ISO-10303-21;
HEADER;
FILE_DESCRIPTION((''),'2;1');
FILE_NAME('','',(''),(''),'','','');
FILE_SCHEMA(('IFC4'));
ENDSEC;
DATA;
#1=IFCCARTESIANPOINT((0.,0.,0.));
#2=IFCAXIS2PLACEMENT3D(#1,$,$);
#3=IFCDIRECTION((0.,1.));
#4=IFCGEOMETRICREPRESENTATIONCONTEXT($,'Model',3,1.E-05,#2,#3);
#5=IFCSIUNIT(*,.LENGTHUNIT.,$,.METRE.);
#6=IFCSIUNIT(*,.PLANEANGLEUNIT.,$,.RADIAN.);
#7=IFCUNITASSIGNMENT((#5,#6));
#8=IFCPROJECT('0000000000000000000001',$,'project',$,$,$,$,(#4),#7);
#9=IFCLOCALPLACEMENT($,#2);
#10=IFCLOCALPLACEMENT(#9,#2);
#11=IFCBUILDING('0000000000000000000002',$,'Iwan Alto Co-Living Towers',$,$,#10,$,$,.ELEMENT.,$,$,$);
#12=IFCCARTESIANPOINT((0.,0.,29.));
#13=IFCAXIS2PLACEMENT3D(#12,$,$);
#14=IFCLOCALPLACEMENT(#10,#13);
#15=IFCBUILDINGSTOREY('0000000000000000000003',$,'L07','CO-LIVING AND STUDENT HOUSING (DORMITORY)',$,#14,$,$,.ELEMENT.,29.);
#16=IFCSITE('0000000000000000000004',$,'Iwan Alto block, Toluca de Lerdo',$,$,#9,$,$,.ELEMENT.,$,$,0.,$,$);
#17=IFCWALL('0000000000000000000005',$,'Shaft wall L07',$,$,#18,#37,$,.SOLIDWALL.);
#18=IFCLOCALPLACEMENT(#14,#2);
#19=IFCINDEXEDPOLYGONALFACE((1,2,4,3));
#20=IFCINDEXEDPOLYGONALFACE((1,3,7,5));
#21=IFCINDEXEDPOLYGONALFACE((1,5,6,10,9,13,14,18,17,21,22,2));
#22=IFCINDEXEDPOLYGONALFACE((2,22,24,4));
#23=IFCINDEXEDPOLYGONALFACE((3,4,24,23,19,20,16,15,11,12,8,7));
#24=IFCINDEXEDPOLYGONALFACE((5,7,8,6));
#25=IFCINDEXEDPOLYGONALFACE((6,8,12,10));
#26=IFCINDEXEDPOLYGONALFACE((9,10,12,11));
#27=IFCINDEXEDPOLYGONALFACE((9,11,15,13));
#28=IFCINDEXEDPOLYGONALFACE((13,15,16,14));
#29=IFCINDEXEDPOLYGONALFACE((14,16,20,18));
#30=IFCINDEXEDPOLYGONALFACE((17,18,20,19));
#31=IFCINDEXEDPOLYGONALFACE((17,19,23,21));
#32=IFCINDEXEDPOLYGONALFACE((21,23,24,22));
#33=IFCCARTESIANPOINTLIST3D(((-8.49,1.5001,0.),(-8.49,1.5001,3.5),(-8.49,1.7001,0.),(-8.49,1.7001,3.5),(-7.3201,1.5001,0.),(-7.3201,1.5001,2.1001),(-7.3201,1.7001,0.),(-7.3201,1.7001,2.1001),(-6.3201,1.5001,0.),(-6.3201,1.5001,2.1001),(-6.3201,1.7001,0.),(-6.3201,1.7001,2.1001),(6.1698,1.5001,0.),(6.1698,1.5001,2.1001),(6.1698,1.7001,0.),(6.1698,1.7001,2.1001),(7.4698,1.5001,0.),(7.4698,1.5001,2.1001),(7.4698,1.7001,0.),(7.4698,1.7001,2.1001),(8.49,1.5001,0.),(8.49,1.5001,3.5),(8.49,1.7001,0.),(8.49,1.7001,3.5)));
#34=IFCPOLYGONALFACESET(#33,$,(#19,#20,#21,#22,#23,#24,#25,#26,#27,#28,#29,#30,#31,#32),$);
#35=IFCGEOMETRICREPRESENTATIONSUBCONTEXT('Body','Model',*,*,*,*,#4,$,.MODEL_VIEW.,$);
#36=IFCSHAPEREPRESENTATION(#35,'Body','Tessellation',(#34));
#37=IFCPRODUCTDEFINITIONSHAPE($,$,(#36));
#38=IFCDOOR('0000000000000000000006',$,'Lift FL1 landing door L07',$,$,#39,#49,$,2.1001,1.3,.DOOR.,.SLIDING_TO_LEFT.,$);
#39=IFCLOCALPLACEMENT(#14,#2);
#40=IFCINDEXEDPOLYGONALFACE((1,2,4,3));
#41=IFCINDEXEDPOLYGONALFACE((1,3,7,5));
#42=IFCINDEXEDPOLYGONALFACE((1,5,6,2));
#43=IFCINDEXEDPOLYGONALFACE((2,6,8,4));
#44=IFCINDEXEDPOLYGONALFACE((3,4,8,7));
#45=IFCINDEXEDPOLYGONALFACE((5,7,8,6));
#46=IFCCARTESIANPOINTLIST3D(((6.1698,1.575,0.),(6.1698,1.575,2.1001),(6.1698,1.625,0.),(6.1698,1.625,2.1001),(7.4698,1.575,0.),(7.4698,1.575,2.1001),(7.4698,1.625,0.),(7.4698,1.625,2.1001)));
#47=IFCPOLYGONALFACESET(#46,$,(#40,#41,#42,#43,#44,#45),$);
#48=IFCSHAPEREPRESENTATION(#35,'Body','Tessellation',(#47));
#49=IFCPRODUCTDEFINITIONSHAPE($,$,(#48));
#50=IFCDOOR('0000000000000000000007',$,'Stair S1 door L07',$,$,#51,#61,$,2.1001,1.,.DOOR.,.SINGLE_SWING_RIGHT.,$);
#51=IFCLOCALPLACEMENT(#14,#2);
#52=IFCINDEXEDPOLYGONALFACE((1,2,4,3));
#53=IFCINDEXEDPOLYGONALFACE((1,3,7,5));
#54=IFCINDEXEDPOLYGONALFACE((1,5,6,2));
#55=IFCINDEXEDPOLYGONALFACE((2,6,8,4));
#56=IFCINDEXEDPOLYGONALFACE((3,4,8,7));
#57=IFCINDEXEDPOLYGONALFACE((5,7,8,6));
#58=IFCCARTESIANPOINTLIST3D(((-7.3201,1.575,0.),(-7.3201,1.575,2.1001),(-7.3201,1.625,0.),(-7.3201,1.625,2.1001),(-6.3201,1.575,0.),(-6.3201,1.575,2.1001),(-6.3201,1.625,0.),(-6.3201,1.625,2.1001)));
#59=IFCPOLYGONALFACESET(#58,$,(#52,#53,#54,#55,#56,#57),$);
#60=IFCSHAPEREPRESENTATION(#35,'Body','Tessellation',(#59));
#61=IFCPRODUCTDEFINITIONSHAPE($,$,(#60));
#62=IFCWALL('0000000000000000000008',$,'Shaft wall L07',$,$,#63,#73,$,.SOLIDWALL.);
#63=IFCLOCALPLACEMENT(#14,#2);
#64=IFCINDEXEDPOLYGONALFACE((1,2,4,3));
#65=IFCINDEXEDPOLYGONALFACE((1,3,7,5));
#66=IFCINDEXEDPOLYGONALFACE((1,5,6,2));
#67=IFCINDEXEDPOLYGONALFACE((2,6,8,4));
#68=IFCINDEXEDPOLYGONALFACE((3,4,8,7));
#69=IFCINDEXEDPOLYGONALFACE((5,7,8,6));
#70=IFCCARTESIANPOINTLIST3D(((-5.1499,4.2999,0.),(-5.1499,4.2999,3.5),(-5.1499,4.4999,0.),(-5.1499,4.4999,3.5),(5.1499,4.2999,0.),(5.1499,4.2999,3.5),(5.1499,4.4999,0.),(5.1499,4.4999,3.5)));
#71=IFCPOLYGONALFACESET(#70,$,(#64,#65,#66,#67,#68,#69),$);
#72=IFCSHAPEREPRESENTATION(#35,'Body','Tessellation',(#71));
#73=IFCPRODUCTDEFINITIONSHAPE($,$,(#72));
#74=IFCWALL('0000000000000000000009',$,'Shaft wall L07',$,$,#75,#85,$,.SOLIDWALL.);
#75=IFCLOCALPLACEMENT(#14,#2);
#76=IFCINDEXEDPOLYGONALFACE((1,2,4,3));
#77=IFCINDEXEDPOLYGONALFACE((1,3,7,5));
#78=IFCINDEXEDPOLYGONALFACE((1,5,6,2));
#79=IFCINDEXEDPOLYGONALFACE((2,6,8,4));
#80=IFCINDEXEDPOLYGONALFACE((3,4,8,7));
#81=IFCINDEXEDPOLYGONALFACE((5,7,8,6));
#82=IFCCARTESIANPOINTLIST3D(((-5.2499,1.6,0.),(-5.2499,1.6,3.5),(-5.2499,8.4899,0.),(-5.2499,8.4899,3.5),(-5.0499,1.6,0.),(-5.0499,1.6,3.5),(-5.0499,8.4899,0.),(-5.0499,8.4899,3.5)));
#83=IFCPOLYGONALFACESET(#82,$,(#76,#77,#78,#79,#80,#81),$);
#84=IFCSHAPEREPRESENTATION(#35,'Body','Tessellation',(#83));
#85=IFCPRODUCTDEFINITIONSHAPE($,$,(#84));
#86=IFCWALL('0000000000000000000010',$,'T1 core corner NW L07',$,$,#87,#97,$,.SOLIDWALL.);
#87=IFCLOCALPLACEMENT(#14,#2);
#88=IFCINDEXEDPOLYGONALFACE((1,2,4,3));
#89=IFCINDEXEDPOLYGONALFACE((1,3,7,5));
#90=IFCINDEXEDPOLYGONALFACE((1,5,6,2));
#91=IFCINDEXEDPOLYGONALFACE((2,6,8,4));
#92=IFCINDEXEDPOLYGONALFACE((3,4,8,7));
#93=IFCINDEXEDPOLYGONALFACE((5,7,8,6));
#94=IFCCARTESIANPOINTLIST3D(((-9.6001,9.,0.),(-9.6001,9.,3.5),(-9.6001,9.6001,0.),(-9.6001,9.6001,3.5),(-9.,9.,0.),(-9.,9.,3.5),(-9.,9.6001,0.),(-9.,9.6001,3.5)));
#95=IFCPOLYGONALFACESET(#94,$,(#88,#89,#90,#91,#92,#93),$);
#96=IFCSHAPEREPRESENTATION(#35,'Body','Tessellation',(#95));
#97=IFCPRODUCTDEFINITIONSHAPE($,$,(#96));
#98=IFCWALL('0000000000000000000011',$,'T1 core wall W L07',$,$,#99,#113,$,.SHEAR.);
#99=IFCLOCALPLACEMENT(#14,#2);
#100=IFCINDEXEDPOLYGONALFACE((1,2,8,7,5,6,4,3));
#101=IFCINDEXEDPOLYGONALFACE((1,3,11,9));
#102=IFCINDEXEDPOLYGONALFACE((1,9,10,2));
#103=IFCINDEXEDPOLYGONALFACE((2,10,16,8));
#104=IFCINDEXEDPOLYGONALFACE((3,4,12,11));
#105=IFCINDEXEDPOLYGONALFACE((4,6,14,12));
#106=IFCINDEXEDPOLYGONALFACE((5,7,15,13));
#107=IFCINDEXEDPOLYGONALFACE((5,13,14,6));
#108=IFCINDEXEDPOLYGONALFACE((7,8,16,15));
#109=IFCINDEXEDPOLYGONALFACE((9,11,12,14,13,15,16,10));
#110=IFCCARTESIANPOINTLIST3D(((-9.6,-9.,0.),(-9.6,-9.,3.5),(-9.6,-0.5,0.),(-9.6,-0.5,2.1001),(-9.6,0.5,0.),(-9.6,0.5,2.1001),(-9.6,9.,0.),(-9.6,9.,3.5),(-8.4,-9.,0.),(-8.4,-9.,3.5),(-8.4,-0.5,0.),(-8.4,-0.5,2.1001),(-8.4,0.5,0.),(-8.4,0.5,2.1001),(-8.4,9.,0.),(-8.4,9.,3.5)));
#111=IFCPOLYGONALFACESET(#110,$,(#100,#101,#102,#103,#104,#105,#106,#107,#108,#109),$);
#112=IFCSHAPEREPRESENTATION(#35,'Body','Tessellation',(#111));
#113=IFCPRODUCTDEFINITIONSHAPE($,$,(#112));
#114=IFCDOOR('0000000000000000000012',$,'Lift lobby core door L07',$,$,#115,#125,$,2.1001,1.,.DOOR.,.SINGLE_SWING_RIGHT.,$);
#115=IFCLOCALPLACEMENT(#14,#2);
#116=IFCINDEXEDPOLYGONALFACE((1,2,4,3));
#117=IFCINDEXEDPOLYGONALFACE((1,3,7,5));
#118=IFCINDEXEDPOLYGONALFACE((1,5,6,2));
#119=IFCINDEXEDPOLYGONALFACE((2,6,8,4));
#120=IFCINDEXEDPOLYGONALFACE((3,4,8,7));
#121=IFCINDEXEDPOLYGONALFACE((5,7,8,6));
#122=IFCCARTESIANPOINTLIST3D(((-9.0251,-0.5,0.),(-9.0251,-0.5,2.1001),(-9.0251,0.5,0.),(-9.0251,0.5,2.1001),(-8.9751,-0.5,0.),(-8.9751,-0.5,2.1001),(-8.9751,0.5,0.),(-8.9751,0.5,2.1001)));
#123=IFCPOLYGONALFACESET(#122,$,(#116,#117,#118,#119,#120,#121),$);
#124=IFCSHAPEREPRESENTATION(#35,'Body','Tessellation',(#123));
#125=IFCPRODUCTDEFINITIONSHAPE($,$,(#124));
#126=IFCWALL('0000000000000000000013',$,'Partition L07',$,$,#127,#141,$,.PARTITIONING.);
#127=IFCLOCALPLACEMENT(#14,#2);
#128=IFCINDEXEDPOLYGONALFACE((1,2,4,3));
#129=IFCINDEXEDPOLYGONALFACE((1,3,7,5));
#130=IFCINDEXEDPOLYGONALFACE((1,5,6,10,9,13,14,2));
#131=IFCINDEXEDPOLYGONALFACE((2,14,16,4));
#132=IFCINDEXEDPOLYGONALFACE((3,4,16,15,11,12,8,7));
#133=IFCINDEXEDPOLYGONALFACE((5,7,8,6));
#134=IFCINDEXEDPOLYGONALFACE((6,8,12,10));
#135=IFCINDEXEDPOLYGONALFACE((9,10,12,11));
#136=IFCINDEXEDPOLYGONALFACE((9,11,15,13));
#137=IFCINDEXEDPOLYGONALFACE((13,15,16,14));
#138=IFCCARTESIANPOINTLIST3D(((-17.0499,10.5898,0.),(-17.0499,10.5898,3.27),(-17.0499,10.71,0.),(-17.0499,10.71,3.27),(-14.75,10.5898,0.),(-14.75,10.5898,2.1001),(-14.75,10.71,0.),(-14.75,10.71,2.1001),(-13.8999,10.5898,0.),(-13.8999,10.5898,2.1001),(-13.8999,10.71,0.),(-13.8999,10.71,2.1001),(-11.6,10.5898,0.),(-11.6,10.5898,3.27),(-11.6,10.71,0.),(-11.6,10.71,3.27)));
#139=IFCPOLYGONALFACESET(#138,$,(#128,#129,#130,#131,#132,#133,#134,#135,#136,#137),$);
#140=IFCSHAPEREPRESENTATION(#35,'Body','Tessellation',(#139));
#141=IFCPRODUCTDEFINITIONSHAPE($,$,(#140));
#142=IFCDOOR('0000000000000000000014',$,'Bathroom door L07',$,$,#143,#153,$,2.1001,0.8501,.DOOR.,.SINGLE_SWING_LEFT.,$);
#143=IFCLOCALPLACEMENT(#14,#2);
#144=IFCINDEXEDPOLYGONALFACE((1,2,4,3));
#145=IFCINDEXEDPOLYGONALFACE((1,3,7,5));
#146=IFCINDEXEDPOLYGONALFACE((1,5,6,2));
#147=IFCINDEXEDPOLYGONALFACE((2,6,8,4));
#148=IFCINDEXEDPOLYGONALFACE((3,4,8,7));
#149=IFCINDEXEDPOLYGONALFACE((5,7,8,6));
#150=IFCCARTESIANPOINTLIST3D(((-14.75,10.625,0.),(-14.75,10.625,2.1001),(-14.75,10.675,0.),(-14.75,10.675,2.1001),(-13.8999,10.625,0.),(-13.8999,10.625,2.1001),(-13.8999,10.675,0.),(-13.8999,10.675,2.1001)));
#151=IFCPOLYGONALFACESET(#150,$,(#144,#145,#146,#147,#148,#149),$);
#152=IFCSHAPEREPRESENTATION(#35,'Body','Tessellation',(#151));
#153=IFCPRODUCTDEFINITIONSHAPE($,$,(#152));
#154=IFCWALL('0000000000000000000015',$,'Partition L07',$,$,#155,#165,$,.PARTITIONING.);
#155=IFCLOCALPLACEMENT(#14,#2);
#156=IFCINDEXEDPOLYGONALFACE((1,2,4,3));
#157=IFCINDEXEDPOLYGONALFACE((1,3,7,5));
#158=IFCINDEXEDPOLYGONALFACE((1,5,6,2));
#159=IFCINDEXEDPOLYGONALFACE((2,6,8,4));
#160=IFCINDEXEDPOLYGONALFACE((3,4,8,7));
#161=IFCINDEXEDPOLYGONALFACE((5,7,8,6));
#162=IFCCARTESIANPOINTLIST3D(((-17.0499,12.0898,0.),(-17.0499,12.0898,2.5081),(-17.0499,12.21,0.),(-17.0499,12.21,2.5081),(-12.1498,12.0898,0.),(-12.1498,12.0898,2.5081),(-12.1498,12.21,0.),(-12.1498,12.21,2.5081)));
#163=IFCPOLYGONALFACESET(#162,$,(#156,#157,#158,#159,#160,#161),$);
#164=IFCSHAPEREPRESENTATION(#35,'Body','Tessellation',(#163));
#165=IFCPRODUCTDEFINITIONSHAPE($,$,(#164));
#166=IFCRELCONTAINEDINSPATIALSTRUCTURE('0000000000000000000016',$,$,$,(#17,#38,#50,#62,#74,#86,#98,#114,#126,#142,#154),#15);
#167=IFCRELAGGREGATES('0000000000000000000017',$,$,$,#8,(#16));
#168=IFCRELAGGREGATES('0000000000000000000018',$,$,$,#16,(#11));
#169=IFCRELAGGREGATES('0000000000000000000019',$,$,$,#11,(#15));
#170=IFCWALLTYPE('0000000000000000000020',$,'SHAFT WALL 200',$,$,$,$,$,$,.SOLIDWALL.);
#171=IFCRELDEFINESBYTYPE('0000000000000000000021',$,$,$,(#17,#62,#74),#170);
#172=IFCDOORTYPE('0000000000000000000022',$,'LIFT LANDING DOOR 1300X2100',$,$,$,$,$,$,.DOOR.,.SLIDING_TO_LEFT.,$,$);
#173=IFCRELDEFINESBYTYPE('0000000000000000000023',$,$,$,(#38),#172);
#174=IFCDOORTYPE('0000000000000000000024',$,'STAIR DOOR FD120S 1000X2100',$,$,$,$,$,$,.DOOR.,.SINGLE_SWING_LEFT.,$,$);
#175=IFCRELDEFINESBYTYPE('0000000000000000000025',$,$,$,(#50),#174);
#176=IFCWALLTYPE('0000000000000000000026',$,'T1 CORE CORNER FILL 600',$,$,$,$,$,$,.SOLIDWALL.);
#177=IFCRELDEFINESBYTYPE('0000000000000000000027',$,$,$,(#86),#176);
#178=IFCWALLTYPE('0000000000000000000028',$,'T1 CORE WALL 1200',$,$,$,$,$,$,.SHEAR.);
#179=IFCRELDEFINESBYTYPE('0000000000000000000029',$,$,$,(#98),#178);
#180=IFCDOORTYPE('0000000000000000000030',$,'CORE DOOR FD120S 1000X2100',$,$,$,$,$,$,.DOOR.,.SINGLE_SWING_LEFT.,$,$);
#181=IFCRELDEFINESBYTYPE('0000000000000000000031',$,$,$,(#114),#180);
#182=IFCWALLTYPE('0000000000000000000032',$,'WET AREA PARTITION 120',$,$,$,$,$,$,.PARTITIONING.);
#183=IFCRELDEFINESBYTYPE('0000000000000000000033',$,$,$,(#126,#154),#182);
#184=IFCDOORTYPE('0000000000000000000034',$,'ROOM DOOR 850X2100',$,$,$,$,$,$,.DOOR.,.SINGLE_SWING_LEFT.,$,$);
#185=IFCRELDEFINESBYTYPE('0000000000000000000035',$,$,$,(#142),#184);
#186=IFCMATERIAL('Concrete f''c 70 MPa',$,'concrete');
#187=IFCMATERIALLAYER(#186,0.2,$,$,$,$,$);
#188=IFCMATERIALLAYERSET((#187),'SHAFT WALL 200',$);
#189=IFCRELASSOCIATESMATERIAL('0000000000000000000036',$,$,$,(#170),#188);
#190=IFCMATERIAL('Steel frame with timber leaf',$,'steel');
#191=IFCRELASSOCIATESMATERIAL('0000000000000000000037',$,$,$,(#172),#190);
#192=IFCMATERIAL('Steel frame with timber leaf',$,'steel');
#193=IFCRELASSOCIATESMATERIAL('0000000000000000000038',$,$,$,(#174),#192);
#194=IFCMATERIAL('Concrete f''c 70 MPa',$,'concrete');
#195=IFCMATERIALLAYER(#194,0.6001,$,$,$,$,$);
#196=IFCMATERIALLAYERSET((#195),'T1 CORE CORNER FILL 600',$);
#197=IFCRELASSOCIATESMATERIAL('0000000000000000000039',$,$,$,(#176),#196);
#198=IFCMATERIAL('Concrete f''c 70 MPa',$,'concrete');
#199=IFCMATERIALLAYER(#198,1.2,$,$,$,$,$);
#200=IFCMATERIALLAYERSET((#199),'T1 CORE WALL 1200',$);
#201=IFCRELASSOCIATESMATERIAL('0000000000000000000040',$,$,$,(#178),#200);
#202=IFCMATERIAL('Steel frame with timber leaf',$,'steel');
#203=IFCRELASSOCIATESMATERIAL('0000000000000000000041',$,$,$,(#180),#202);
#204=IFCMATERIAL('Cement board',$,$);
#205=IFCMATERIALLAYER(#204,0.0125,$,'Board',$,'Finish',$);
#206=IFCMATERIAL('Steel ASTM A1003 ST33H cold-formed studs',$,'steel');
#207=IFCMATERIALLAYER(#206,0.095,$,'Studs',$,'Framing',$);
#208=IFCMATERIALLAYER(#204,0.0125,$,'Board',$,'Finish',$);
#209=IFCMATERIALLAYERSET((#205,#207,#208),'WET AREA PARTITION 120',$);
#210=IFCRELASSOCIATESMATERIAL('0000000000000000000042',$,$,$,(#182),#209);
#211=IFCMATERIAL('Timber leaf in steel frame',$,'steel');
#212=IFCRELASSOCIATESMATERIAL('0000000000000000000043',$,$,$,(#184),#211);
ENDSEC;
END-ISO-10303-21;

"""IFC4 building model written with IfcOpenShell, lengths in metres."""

from ifc_helpers import new_model, si_unit, direction, frame, frame_2d, origin, place, context, subcontext, project, spatial, rectangle, extrude, material, layer, layer_set, type_object, element, fill, save


model = new_model("IFC4")

# Units and contexts
model_context = context("Model", 3, precision=1e-05, world=origin(), true_north=direction((0.0, 1.0)))
body_context = subcontext(model_context, "Body", "Model", "MODEL_VIEW")
ifc_project = project(units=[si_unit("LENGTHUNIT", "METRE"), si_unit("PLANEANGLEUNIT", "RADIAN")], contexts=[model_context])

# Site, building, storey
site_placement = place(None, origin())
site = spatial("IfcSite", under=ifc_project, at=site_placement, Name="Iwan Alto block, Toluca de Lerdo", CompositionType="ELEMENT", RefElevation=0.0)
building_placement = place(site_placement, origin())
building = spatial("IfcBuilding", under=site, at=building_placement, Name="Iwan Alto Co-Living Towers", CompositionType="ELEMENT")
storey_placement = place(building_placement, frame((0.0, 0.0, 29.0)))
storey = spatial("IfcBuildingStorey", under=building, at=storey_placement, Name="L07", Description="CO-LIVING AND STUDENT HOUSING (DORMITORY)", CompositionType="ELEMENT", Elevation=29.0)

# Shared definitions
ifc_material_1 = material(Name="Steel ASTM A1003 ST33H cold-formed studs", Category="steel")

# Wall, openings, doors
ifc_material_2 = material(Name="Concrete f'c 70 MPa", Category="concrete")
ifc_layer_1 = layer(ifc_material_2, 0.2)
ifc_layer_set_1 = layer_set([ifc_layer_1], Name="SHAFT WALL 200")
wall_type_1 = type_object("IfcWallType", Name="SHAFT WALL 200", PredefinedType="SOLIDWALL", material=ifc_layer_set_1)
wall_1_placement = place(storey_placement, frame((-8.49, 1.6001, 0.0), z_axis=(0.0, 0.0, 1.0), x_axis=(1.0, 0.0, 0.0)))
wall_1 = element("IfcWall", 1, at=wall_1_placement, inside=storey, type_object=wall_type_1, Name="Shaft wall L07", PredefinedType="SOLIDWALL", context=body_context, shape_type="SweptSolid", body=[
    extrude(rectangle(XDim=16.98, YDim=0.2, at=frame_2d((8.49, 0.0))), origin(), (0.0, 0.0, 1.0), 3.5),
])
opening_1_placement = place(wall_1_placement, frame((1.1699, 0.0, 0.0)))
opening_1 = element("IfcOpeningElement", 2, at=opening_1_placement, cuts=wall_1, PredefinedType="OPENING", context=body_context, shape_type="SweptSolid", body=[
    extrude(rectangle(XDim=1.0, YDim=2.1001, at=frame_2d((0.5, 1.05))), frame((0.0, 0.1099, 0.0), z_axis=(0.0, -1.0, 0.0), x_axis=(1.0, 0.0, 0.0)), (0.0, 0.0, 1.0), 0.22),
])
opening_2_placement = place(wall_1_placement, frame((14.6599, 0.0, 0.0)))
opening_2 = element("IfcOpeningElement", 3, at=opening_2_placement, cuts=wall_1, PredefinedType="OPENING", context=body_context, shape_type="SweptSolid", body=[
    extrude(rectangle(XDim=1.3, YDim=2.1001, at=frame_2d((0.6499, 1.05))), frame((0.0, 0.1099, 0.0), z_axis=(0.0, -1.0, 0.0), x_axis=(1.0, 0.0, 0.0)), (0.0, 0.0, 1.0), 0.22),
])
ifc_material_3 = material(Name="Steel frame with timber leaf", Category="steel")
door_type_1 = type_object("IfcDoorType", Name="LIFT LANDING DOOR 1300X2100", OperationType="SLIDING_TO_LEFT", PredefinedType="DOOR", material=ifc_material_3)
door_1_placement = place(opening_2_placement, origin())
door_1 = element("IfcDoor", 4, at=door_1_placement, inside=storey, type_object=door_type_1, Name="Lift FL1 landing door L07", OperationType="SLIDING_TO_LEFT", OverallHeight=2.1001, OverallWidth=1.3, PredefinedType="DOOR", context=body_context, shape_type="SweptSolid", body=[
    extrude(rectangle(XDim=1.3, YDim=2.1001, at=frame_2d((0.6499, 1.05))), frame((0.0, 0.0249, 0.0), z_axis=(0.0, -1.0, 0.0), x_axis=(1.0, 0.0, 0.0)), (0.0, 0.0, 1.0), 0.05),
])
fill(opening_2, door_1)
ifc_material_4 = material(Name="Steel frame with timber leaf", Category="steel")
door_type_2 = type_object("IfcDoorType", Name="STAIR DOOR FD120S 1000X2100", OperationType="SINGLE_SWING_LEFT", PredefinedType="DOOR", material=ifc_material_4)
door_2_placement = place(opening_1_placement, origin())
door_2 = element("IfcDoor", 5, at=door_2_placement, inside=storey, type_object=door_type_2, Name="Stair S1 door L07", OperationType="SINGLE_SWING_RIGHT", OverallHeight=2.1001, OverallWidth=1.0, PredefinedType="DOOR", context=body_context, shape_type="SweptSolid", body=[
    extrude(rectangle(XDim=1.0, YDim=2.1001, at=frame_2d((0.5, 1.05))), frame((0.0, 0.0249, 0.0), z_axis=(0.0, -1.0, 0.0), x_axis=(1.0, 0.0, 0.0)), (0.0, 0.0, 1.0), 0.05),
])
fill(opening_1, door_2)

# Walls
wall_2_placement = place(storey_placement, frame((-5.1499, 4.3999, 0.0), z_axis=(0.0, 0.0, 1.0), x_axis=(1.0, 0.0, 0.0)))
element("IfcWall", 6, at=wall_2_placement, inside=storey, type_object=wall_type_1, Name="Shaft wall L07", PredefinedType="SOLIDWALL", context=body_context, shape_type="SweptSolid", body=[
    extrude(rectangle(XDim=10.2998, YDim=0.2, at=frame_2d((5.1499, 0.0))), origin(), (0.0, 0.0, 1.0), 3.5),
])
wall_3_placement = place(storey_placement, frame((-5.1499, 1.6001, 0.0), z_axis=(0.0, 0.0, 1.0), x_axis=(0.0, 1.0, 0.0)))
element("IfcWall", 7, at=wall_3_placement, inside=storey, type_object=wall_type_1, Name="Shaft wall L07", PredefinedType="SOLIDWALL", context=body_context, shape_type="SweptSolid", body=[
    extrude(rectangle(XDim=6.8899, YDim=0.2, at=frame_2d((3.4448, 0.0))), origin(), (0.0, 0.0, 1.0), 3.5),
])
ifc_material_5 = material(Name="Concrete f'c 70 MPa", Category="concrete")
ifc_layer_2 = layer(ifc_material_5, 0.6001)
ifc_layer_set_2 = layer_set([ifc_layer_2], Name="T1 CORE CORNER FILL 600")
wall_type_2 = type_object("IfcWallType", Name="T1 CORE CORNER FILL 600", PredefinedType="SOLIDWALL", material=ifc_layer_set_2)
wall_4_placement = place(storey_placement, frame((-9.6001, 9.3, 0.0), z_axis=(0.0, 0.0, 1.0), x_axis=(1.0, 0.0, 0.0)))
element("IfcWall", 8, at=wall_4_placement, inside=storey, type_object=wall_type_2, Name="T1 core corner NW L07", PredefinedType="SOLIDWALL", context=body_context, shape_type="SweptSolid", body=[
    extrude(rectangle(XDim=0.6001, YDim=0.6001, at=frame_2d((0.3, 0.0))), origin(), (0.0, 0.0, 1.0), 3.5),
])

# Walls, openings, doors
ifc_material_6 = material(Name="Concrete f'c 70 MPa", Category="concrete")
ifc_layer_3 = layer(ifc_material_6, 1.2)
ifc_layer_set_3 = layer_set([ifc_layer_3], Name="T1 CORE WALL 1200")
wall_type_3 = type_object("IfcWallType", Name="T1 CORE WALL 1200", PredefinedType="SHEAR", material=ifc_layer_set_3)
wall_5_placement = place(storey_placement, frame((-9.0, 9.0, 0.0), z_axis=(0.0, 0.0, 1.0), x_axis=(0.0, -1.0, 0.0)))
wall_5 = element("IfcWall", 9, at=wall_5_placement, inside=storey, type_object=wall_type_3, Name="T1 core wall W L07", PredefinedType="SHEAR", context=body_context, shape_type="SweptSolid", body=[
    extrude(rectangle(XDim=18.0, YDim=1.2, at=frame_2d((9.0, 0.0))), origin(), (0.0, 0.0, 1.0), 3.5),
])
opening_3_placement = place(wall_5_placement, frame((8.5, 0.0, 0.0)))
opening_3 = element("IfcOpeningElement", 10, at=opening_3_placement, cuts=wall_5, PredefinedType="OPENING", context=body_context, shape_type="SweptSolid", body=[
    extrude(rectangle(XDim=1.0, YDim=2.1001, at=frame_2d((0.5, 1.05))), frame((0.0, 0.6099, 0.0), z_axis=(0.0, -1.0, 0.0), x_axis=(1.0, 0.0, 0.0)), (0.0, 0.0, 1.0), 1.22),
])
ifc_material_7 = material(Name="Steel frame with timber leaf", Category="steel")
door_type_3 = type_object("IfcDoorType", Name="CORE DOOR FD120S 1000X2100", OperationType="SINGLE_SWING_LEFT", PredefinedType="DOOR", material=ifc_material_7)
door_3_placement = place(opening_3_placement, origin())
door_3 = element("IfcDoor", 11, at=door_3_placement, inside=storey, type_object=door_type_3, Name="Lift lobby core door L07", OperationType="SINGLE_SWING_RIGHT", OverallHeight=2.1001, OverallWidth=1.0, PredefinedType="DOOR", context=body_context, shape_type="SweptSolid", body=[
    extrude(rectangle(XDim=1.0, YDim=2.1001, at=frame_2d((0.5, 1.05))), frame((0.0, 0.0249, 0.0), z_axis=(0.0, -1.0, 0.0), x_axis=(1.0, 0.0, 0.0)), (0.0, 0.0, 1.0), 0.05),
])
fill(opening_3, door_3)
ifc_material_8 = material(Name="Cement board")
ifc_layer_4 = layer(ifc_material_8, 0.0125, Name="Board", Category="Finish")
ifc_layer_5 = layer(ifc_material_1, 0.095, Name="Studs", Category="Framing")
ifc_layer_6 = layer(ifc_material_8, 0.0125, Name="Board", Category="Finish")
ifc_layer_set_4 = layer_set([ifc_layer_4, ifc_layer_5, ifc_layer_6], Name="WET AREA PARTITION 120")
wall_type_4 = type_object("IfcWallType", Name="WET AREA PARTITION 120", PredefinedType="PARTITIONING", material=ifc_layer_set_4)
wall_6_placement = place(storey_placement, frame((-17.05, 10.6499, 0.0), z_axis=(0.0, 0.0, 1.0), x_axis=(1.0, 0.0, 0.0)))
wall_6 = element("IfcWall", 12, at=wall_6_placement, inside=storey, type_object=wall_type_4, Name="Partition L07", PredefinedType="PARTITIONING", context=body_context, shape_type="SweptSolid", body=[
    extrude(rectangle(XDim=5.45, YDim=0.1201, at=frame_2d((2.7251, 0.0))), origin(), (0.0, 0.0, 1.0), 3.27),
])
opening_4_placement = place(wall_6_placement, frame((2.3, 0.0, 0.0)))
opening_4 = element("IfcOpeningElement", 13, at=opening_4_placement, cuts=wall_6, PredefinedType="OPENING", context=body_context, shape_type="SweptSolid", body=[
    extrude(rectangle(XDim=0.8501, YDim=2.1001, at=frame_2d((0.425, 1.05))), frame((0.0, 0.0701, 0.0), z_axis=(0.0, -1.0, 0.0), x_axis=(1.0, 0.0, 0.0)), (0.0, 0.0, 1.0), 0.1401),
])
ifc_material_9 = material(Name="Timber leaf in steel frame", Category="steel")
door_type_4 = type_object("IfcDoorType", Name="ROOM DOOR 850X2100", OperationType="SINGLE_SWING_LEFT", PredefinedType="DOOR", material=ifc_material_9)
door_4_placement = place(opening_4_placement, frame((0.8501, 0.0, 0.0), z_axis=(0.0, 0.0, 1.0), x_axis=(-1.0, 0.0, 0.0)))
door_4 = element("IfcDoor", 14, at=door_4_placement, inside=storey, type_object=door_type_4, Name="Bathroom door L07", OperationType="SINGLE_SWING_LEFT", OverallHeight=2.1001, OverallWidth=0.8501, PredefinedType="DOOR", context=body_context, shape_type="SweptSolid", body=[
    extrude(rectangle(XDim=0.8501, YDim=2.1001, at=frame_2d((0.425, 1.05))), frame((0.0, 0.0249, 0.0), z_axis=(0.0, -1.0, 0.0), x_axis=(1.0, 0.0, 0.0)), (0.0, 0.0, 1.0), 0.05),
])
fill(opening_4, door_4)

# Wall
wall_7_placement = place(storey_placement, frame((-17.05, 12.1499, 0.0), z_axis=(0.0, 0.0, 1.0), x_axis=(1.0, 0.0, 0.0)))
element("IfcWall", 15, at=wall_7_placement, inside=storey, type_object=wall_type_4, Name="Partition L07", PredefinedType="PARTITIONING", context=body_context, shape_type="SweptSolid", body=[
    extrude(rectangle(XDim=4.9001, YDim=0.1201, at=frame_2d((2.4502, 0.0))), origin(), (0.0, 0.0, 1.0), 2.5081),
])

save(model, "model.ifc")
